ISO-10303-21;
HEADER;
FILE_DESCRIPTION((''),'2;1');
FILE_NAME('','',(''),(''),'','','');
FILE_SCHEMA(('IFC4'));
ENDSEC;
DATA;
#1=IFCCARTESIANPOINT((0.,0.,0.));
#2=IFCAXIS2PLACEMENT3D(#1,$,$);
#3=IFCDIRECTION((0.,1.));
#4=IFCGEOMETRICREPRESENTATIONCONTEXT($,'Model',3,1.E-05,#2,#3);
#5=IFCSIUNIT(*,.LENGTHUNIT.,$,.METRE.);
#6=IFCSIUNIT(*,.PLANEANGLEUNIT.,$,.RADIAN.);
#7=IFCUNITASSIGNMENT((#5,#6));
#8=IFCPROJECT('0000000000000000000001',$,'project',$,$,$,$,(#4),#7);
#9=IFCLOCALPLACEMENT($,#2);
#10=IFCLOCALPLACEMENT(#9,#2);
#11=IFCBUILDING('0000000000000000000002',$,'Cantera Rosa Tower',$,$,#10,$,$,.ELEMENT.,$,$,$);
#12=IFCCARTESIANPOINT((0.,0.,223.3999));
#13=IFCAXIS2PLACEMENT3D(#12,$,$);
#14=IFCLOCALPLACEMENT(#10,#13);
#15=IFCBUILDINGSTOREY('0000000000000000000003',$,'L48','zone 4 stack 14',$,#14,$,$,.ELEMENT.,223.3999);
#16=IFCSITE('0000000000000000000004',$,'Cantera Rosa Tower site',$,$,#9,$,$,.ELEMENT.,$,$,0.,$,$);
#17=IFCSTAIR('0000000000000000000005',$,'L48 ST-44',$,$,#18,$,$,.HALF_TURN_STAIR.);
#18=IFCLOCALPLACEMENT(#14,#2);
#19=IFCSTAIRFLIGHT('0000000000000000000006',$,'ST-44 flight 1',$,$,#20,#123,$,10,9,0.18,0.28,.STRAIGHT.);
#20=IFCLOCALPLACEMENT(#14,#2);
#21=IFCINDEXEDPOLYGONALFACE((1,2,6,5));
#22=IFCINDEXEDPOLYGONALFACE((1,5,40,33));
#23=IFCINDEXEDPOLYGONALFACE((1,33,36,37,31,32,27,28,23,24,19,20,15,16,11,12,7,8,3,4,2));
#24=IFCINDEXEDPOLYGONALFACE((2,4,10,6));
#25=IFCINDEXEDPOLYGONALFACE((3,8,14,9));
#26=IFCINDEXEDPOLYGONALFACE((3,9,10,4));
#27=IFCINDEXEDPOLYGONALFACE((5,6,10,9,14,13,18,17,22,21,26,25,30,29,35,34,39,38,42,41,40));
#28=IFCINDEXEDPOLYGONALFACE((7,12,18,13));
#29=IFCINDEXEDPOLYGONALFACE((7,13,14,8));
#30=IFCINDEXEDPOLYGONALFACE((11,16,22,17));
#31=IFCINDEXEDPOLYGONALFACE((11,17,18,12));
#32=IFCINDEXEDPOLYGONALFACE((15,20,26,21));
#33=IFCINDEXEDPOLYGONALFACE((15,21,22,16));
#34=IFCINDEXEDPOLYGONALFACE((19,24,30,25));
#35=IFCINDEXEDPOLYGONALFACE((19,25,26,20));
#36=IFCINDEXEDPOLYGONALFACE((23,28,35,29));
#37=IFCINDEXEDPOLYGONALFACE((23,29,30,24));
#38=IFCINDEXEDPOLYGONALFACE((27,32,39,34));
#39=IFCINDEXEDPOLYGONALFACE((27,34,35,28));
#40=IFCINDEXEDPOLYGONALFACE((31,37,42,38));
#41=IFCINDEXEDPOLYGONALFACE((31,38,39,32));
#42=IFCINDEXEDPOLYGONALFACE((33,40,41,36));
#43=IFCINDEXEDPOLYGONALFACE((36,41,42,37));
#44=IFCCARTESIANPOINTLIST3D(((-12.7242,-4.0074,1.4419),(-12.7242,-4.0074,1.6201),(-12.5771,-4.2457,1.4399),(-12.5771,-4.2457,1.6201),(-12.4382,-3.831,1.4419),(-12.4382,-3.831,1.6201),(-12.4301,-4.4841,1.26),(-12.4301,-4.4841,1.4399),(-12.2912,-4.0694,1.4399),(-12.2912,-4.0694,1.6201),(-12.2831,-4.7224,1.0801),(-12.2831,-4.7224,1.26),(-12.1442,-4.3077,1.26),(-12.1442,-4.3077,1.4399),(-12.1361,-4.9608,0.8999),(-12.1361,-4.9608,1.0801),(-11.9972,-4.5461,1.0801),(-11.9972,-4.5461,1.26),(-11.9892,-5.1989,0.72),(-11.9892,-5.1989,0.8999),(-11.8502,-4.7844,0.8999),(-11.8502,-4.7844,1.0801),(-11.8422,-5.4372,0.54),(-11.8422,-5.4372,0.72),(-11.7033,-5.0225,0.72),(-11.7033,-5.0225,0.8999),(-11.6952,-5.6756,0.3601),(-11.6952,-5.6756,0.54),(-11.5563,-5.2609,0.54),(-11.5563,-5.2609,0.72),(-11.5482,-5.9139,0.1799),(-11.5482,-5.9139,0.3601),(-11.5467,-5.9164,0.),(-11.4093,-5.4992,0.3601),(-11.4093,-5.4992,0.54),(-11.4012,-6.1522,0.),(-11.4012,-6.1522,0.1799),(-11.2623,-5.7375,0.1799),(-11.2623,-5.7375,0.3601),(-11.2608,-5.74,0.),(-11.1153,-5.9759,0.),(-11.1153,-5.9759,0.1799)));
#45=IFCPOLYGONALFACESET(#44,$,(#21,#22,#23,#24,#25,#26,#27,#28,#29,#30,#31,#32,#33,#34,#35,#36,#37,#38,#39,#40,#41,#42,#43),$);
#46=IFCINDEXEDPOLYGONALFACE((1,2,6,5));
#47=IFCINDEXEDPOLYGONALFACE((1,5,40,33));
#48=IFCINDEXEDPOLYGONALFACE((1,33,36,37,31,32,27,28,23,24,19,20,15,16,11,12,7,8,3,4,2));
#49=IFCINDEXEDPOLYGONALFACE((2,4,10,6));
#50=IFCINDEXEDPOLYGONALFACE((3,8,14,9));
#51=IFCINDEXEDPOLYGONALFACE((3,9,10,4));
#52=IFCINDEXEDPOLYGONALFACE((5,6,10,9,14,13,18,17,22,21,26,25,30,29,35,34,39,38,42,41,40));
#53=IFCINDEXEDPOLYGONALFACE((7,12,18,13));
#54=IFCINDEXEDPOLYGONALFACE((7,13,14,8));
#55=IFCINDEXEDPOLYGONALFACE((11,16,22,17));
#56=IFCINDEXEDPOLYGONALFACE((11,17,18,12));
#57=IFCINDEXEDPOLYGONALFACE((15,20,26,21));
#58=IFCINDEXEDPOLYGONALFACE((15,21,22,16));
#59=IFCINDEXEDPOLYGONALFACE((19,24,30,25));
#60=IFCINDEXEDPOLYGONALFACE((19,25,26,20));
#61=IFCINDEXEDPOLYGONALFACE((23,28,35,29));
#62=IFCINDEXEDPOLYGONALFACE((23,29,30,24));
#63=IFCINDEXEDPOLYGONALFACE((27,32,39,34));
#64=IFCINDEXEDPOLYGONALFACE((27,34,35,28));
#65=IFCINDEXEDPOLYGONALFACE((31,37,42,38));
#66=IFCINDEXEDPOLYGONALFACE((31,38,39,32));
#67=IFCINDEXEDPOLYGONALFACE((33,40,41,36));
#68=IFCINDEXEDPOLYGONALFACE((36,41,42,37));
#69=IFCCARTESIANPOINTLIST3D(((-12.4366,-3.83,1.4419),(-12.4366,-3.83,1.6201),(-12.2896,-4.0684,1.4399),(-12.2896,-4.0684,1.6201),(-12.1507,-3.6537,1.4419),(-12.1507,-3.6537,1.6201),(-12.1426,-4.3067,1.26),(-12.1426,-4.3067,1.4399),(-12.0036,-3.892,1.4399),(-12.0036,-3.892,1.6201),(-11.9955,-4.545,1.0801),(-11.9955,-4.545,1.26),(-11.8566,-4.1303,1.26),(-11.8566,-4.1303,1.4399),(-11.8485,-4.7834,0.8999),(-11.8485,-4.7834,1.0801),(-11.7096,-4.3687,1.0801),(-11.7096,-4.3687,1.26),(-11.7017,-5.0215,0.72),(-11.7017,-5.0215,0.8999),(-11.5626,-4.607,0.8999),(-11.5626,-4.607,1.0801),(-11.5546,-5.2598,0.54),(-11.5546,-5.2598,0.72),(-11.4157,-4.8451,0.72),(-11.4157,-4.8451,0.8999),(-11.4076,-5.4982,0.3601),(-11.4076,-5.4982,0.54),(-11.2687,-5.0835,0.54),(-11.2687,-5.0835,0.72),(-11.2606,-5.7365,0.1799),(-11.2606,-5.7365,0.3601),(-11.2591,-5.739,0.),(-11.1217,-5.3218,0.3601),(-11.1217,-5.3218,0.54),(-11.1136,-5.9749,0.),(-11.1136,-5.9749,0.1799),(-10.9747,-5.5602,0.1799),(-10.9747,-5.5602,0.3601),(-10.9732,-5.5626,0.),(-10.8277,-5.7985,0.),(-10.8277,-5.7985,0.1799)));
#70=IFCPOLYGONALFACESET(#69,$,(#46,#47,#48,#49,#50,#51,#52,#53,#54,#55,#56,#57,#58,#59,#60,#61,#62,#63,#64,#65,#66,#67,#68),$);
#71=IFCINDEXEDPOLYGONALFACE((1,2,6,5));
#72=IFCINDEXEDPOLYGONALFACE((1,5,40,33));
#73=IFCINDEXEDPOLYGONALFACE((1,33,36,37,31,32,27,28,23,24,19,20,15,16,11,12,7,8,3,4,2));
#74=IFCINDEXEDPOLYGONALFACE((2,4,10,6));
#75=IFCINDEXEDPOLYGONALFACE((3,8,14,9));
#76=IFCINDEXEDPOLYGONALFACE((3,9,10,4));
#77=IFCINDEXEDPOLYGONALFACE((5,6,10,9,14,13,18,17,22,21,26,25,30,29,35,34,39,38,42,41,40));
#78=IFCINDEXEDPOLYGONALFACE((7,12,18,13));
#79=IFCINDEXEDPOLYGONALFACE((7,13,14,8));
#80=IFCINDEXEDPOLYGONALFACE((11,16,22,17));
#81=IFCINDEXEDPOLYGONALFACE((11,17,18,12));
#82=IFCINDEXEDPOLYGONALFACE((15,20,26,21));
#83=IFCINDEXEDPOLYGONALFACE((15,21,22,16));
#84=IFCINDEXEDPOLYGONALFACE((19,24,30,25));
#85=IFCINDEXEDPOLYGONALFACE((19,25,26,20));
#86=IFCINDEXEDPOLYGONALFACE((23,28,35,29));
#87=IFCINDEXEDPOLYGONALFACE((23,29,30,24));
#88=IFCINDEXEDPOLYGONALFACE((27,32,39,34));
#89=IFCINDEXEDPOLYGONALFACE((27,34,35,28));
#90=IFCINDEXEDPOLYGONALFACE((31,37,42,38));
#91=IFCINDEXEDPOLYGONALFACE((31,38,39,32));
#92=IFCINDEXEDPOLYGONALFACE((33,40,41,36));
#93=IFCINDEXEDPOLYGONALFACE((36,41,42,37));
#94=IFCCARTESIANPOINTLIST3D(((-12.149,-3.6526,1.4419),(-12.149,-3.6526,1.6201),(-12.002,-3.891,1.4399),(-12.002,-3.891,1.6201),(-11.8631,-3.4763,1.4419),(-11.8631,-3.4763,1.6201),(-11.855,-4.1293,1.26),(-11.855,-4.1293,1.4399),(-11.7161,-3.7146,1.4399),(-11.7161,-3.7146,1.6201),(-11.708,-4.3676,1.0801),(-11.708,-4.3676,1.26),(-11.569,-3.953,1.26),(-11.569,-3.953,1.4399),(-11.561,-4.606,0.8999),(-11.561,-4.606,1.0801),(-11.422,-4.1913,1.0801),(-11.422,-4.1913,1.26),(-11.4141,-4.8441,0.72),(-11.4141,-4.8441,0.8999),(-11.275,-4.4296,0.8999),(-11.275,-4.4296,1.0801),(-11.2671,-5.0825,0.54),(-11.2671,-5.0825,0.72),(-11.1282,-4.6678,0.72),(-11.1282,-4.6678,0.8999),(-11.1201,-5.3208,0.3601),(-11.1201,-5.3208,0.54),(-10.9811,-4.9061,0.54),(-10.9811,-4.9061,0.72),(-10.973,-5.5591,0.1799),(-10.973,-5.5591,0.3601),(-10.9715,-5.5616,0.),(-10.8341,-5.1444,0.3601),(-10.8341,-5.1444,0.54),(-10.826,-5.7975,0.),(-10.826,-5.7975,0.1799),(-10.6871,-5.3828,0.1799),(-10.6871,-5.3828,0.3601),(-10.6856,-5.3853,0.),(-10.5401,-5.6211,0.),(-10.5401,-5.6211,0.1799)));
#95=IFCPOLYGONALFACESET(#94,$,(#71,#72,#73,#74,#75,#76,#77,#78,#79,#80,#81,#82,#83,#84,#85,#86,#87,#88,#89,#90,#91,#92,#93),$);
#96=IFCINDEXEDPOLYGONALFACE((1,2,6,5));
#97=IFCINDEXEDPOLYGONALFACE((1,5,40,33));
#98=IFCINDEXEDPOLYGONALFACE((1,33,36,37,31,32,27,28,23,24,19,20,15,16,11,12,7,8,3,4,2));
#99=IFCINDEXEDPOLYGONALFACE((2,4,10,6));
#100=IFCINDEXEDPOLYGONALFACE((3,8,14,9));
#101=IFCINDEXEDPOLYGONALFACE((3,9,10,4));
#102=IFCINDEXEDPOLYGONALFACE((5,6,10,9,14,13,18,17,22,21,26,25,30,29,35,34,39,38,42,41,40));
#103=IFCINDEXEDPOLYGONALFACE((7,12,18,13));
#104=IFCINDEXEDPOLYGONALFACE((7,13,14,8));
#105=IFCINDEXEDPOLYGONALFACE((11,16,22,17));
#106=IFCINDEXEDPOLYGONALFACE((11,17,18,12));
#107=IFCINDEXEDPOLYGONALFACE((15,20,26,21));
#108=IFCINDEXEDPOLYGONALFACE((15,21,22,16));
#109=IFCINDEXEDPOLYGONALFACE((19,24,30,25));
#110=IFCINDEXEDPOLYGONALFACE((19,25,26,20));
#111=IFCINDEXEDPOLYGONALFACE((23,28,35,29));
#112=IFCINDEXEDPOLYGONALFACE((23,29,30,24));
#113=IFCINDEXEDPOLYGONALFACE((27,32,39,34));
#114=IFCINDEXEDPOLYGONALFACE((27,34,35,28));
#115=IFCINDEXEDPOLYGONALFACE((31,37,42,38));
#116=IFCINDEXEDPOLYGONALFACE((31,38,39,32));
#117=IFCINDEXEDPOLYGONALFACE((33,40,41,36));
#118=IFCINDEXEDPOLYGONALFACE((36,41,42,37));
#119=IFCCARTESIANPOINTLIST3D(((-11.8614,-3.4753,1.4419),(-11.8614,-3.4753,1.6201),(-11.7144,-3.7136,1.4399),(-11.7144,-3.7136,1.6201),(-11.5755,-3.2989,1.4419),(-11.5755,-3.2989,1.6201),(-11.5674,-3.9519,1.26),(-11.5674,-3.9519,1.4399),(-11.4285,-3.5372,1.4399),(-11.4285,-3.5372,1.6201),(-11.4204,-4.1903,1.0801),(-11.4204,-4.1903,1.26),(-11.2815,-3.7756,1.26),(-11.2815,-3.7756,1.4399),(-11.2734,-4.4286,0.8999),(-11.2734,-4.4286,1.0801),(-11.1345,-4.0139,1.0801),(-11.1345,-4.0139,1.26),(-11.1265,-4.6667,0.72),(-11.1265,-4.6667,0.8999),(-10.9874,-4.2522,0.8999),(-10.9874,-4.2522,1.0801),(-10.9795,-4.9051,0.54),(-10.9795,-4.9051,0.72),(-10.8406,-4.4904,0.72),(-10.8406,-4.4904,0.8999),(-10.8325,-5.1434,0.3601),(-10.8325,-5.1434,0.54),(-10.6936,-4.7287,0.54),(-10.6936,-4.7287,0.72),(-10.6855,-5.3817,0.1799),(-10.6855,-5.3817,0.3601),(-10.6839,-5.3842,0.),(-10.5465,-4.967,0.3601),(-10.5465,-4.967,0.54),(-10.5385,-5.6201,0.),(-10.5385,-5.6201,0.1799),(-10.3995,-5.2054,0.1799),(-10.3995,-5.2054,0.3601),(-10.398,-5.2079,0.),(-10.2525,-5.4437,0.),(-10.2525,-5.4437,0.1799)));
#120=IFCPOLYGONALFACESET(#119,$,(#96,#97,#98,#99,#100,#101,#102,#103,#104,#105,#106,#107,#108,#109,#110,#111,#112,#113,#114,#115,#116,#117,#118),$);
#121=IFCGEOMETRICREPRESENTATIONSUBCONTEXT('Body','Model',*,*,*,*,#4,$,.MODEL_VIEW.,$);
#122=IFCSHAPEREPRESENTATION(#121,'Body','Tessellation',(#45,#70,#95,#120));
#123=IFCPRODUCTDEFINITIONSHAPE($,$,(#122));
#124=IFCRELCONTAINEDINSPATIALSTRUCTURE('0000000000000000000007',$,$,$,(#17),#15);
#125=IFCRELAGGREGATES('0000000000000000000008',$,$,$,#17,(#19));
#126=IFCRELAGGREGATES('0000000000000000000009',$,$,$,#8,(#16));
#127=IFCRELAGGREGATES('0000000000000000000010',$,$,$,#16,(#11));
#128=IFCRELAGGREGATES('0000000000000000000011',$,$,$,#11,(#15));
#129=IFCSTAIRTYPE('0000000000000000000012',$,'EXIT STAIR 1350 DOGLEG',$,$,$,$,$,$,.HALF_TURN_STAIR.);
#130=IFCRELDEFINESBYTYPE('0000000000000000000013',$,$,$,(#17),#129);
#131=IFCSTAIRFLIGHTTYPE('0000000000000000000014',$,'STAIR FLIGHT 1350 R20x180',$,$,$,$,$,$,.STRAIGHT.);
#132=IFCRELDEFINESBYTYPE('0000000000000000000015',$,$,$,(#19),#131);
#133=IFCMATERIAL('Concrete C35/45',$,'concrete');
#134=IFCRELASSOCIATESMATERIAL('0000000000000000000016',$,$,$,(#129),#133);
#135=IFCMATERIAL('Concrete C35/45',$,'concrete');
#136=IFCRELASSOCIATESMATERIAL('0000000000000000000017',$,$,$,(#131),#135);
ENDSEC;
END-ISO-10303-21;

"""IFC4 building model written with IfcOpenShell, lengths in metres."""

from ifc_helpers import new_model, si_unit, direction, frame, origin, place, context, subcontext, project, spatial, polyline, outline, extrude, material, type_object, element, aggregate, save


model = new_model("IFC4")

# Units and contexts
model_context = context("Model", 3, precision=1e-05, world=origin(), true_north=direction((0.0, 1.0)))
body_context = subcontext(model_context, "Body", "Model", "MODEL_VIEW")
ifc_project = project(units=[si_unit("LENGTHUNIT", "METRE"), si_unit("PLANEANGLEUNIT", "RADIAN")], contexts=[model_context])

# Site, building, storey
site_placement = place(None, origin())
site = spatial("IfcSite", under=ifc_project, at=site_placement, Name="Cantera Rosa Tower site", CompositionType="ELEMENT", RefElevation=0.0)
building_placement = place(site_placement, origin())
building = spatial("IfcBuilding", under=site, at=building_placement, Name="Cantera Rosa Tower", CompositionType="ELEMENT")
storey_placement = place(building_placement, frame((0.0, 0.0, 223.3999)))
storey = spatial("IfcBuildingStorey", under=building, at=storey_placement, Name="L48", Description="zone 4 stack 14", CompositionType="ELEMENT", Elevation=223.3999)

# Shared definitions
ifc_material_1 = material(Name="Concrete C35/45", Category="concrete")
stair_type = type_object("IfcStairType", Name="EXIT STAIR 1350 DOGLEG", PredefinedType="HALF_TURN_STAIR", material=ifc_material_1)
ifc_material_2 = material(Name="Concrete C35/45", Category="concrete")
stair_flight_type = type_object("IfcStairFlightType", Name="STAIR FLIGHT 1350 R20x180", PredefinedType="STRAIGHT", material=ifc_material_2)

# Stair, stair flight
stair_1_placement = place(storey_placement, origin())
stair_1 = element("IfcStair", 1, at=stair_1_placement, inside=storey, type_object=stair_type, Name="L48 ST-44", PredefinedType="HALF_TURN_STAIR")
stair_flight_1_placement = place(storey_placement, frame((-10.8267, -5.7979, 0.0), z_axis=(0.0, 0.0, 1.0), x_axis=(-0.524977, 0.851117, 0.0)))
stair_flight_1 = element("IfcStairFlight", 2, at=stair_flight_1_placement, type_object=stair_flight_type, Name="ST-44 flight 1", NumberOfRisers=10, NumberOfTreads=9, PredefinedType="STRAIGHT", RiserHeight=0.18, TreadLength=0.28, context=body_context, shape_type="SweptSolid", body=[
    extrude(outline(polyline([(0.0, 0.0), (0.0, 0.1799), (0.28, 0.1799), (0.28, 0.3601), (0.5601, 0.3601), (0.5601, 0.54), (0.8401, 0.54), (0.8401, 0.72), (1.1201, 0.72), (1.1201, 0.8999), (1.3999, 0.8999), (1.3999, 1.0801), (1.6799, 1.0801), (1.6799, 1.26), (1.96, 1.26), (1.96, 1.4399), (2.24, 1.4399), (2.24, 1.6201), (2.52, 1.6201), (2.52, 1.8), (2.52, 1.4419), (0.2771, 0.0), (0.0, 0.0)])), frame((0.0, 0.675, 0.0), z_axis=(0.0, -1.0, 0.0), x_axis=(1.0, 0.0, 0.0)), (0.0, 0.0, 1.0), 0.3359),
    extrude(outline(polyline([(0.0, 0.0), (0.0, 0.1799), (0.28, 0.1799), (0.28, 0.3601), (0.5601, 0.3601), (0.5601, 0.54), (0.8401, 0.54), (0.8401, 0.72), (1.1201, 0.72), (1.1201, 0.8999), (1.3999, 0.8999), (1.3999, 1.0801), (1.6799, 1.0801), (1.6799, 1.26), (1.96, 1.26), (1.96, 1.4399), (2.24, 1.4399), (2.24, 1.6201), (2.52, 1.6201), (2.52, 1.8), (2.52, 1.4419), (0.2771, 0.0), (0.0, 0.0)])), frame((0.0, 0.3372, 0.0), z_axis=(0.0, -1.0, 0.0), x_axis=(1.0, 0.0, 0.0)), (0.0, 0.0, 1.0), 0.3359),
    extrude(outline(polyline([(0.0, 0.0), (0.0, 0.1799), (0.28, 0.1799), (0.28, 0.3601), (0.5601, 0.3601), (0.5601, 0.54), (0.8401, 0.54), (0.8401, 0.72), (1.1201, 0.72), (1.1201, 0.8999), (1.3999, 0.8999), (1.3999, 1.0801), (1.6799, 1.0801), (1.6799, 1.26), (1.96, 1.26), (1.96, 1.4399), (2.24, 1.4399), (2.24, 1.6201), (2.52, 1.6201), (2.52, 1.8), (2.52, 1.4419), (0.2771, 0.0), (0.0, 0.0)])), frame((0.0, -0.0007, 0.0), z_axis=(0.0, -1.0, 0.0), x_axis=(1.0, 0.0, 0.0)), (0.0, 0.0, 1.0), 0.3359),
    extrude(outline(polyline([(0.0, 0.0), (0.0, 0.1799), (0.28, 0.1799), (0.28, 0.3601), (0.5601, 0.3601), (0.5601, 0.54), (0.8401, 0.54), (0.8401, 0.72), (1.1201, 0.72), (1.1201, 0.8999), (1.3999, 0.8999), (1.3999, 1.0801), (1.6799, 1.0801), (1.6799, 1.26), (1.96, 1.26), (1.96, 1.4399), (2.24, 1.4399), (2.24, 1.6201), (2.52, 1.6201), (2.52, 1.8), (2.52, 1.4419), (0.2771, 0.0), (0.0, 0.0)])), frame((0.0, -0.3386, 0.0), z_axis=(0.0, -1.0, 0.0), x_axis=(1.0, 0.0, 0.0)), (0.0, 0.0, 1.0), 0.3359),
])
aggregate(stair_1, [stair_flight_1])

save(model, "model.ifc")
